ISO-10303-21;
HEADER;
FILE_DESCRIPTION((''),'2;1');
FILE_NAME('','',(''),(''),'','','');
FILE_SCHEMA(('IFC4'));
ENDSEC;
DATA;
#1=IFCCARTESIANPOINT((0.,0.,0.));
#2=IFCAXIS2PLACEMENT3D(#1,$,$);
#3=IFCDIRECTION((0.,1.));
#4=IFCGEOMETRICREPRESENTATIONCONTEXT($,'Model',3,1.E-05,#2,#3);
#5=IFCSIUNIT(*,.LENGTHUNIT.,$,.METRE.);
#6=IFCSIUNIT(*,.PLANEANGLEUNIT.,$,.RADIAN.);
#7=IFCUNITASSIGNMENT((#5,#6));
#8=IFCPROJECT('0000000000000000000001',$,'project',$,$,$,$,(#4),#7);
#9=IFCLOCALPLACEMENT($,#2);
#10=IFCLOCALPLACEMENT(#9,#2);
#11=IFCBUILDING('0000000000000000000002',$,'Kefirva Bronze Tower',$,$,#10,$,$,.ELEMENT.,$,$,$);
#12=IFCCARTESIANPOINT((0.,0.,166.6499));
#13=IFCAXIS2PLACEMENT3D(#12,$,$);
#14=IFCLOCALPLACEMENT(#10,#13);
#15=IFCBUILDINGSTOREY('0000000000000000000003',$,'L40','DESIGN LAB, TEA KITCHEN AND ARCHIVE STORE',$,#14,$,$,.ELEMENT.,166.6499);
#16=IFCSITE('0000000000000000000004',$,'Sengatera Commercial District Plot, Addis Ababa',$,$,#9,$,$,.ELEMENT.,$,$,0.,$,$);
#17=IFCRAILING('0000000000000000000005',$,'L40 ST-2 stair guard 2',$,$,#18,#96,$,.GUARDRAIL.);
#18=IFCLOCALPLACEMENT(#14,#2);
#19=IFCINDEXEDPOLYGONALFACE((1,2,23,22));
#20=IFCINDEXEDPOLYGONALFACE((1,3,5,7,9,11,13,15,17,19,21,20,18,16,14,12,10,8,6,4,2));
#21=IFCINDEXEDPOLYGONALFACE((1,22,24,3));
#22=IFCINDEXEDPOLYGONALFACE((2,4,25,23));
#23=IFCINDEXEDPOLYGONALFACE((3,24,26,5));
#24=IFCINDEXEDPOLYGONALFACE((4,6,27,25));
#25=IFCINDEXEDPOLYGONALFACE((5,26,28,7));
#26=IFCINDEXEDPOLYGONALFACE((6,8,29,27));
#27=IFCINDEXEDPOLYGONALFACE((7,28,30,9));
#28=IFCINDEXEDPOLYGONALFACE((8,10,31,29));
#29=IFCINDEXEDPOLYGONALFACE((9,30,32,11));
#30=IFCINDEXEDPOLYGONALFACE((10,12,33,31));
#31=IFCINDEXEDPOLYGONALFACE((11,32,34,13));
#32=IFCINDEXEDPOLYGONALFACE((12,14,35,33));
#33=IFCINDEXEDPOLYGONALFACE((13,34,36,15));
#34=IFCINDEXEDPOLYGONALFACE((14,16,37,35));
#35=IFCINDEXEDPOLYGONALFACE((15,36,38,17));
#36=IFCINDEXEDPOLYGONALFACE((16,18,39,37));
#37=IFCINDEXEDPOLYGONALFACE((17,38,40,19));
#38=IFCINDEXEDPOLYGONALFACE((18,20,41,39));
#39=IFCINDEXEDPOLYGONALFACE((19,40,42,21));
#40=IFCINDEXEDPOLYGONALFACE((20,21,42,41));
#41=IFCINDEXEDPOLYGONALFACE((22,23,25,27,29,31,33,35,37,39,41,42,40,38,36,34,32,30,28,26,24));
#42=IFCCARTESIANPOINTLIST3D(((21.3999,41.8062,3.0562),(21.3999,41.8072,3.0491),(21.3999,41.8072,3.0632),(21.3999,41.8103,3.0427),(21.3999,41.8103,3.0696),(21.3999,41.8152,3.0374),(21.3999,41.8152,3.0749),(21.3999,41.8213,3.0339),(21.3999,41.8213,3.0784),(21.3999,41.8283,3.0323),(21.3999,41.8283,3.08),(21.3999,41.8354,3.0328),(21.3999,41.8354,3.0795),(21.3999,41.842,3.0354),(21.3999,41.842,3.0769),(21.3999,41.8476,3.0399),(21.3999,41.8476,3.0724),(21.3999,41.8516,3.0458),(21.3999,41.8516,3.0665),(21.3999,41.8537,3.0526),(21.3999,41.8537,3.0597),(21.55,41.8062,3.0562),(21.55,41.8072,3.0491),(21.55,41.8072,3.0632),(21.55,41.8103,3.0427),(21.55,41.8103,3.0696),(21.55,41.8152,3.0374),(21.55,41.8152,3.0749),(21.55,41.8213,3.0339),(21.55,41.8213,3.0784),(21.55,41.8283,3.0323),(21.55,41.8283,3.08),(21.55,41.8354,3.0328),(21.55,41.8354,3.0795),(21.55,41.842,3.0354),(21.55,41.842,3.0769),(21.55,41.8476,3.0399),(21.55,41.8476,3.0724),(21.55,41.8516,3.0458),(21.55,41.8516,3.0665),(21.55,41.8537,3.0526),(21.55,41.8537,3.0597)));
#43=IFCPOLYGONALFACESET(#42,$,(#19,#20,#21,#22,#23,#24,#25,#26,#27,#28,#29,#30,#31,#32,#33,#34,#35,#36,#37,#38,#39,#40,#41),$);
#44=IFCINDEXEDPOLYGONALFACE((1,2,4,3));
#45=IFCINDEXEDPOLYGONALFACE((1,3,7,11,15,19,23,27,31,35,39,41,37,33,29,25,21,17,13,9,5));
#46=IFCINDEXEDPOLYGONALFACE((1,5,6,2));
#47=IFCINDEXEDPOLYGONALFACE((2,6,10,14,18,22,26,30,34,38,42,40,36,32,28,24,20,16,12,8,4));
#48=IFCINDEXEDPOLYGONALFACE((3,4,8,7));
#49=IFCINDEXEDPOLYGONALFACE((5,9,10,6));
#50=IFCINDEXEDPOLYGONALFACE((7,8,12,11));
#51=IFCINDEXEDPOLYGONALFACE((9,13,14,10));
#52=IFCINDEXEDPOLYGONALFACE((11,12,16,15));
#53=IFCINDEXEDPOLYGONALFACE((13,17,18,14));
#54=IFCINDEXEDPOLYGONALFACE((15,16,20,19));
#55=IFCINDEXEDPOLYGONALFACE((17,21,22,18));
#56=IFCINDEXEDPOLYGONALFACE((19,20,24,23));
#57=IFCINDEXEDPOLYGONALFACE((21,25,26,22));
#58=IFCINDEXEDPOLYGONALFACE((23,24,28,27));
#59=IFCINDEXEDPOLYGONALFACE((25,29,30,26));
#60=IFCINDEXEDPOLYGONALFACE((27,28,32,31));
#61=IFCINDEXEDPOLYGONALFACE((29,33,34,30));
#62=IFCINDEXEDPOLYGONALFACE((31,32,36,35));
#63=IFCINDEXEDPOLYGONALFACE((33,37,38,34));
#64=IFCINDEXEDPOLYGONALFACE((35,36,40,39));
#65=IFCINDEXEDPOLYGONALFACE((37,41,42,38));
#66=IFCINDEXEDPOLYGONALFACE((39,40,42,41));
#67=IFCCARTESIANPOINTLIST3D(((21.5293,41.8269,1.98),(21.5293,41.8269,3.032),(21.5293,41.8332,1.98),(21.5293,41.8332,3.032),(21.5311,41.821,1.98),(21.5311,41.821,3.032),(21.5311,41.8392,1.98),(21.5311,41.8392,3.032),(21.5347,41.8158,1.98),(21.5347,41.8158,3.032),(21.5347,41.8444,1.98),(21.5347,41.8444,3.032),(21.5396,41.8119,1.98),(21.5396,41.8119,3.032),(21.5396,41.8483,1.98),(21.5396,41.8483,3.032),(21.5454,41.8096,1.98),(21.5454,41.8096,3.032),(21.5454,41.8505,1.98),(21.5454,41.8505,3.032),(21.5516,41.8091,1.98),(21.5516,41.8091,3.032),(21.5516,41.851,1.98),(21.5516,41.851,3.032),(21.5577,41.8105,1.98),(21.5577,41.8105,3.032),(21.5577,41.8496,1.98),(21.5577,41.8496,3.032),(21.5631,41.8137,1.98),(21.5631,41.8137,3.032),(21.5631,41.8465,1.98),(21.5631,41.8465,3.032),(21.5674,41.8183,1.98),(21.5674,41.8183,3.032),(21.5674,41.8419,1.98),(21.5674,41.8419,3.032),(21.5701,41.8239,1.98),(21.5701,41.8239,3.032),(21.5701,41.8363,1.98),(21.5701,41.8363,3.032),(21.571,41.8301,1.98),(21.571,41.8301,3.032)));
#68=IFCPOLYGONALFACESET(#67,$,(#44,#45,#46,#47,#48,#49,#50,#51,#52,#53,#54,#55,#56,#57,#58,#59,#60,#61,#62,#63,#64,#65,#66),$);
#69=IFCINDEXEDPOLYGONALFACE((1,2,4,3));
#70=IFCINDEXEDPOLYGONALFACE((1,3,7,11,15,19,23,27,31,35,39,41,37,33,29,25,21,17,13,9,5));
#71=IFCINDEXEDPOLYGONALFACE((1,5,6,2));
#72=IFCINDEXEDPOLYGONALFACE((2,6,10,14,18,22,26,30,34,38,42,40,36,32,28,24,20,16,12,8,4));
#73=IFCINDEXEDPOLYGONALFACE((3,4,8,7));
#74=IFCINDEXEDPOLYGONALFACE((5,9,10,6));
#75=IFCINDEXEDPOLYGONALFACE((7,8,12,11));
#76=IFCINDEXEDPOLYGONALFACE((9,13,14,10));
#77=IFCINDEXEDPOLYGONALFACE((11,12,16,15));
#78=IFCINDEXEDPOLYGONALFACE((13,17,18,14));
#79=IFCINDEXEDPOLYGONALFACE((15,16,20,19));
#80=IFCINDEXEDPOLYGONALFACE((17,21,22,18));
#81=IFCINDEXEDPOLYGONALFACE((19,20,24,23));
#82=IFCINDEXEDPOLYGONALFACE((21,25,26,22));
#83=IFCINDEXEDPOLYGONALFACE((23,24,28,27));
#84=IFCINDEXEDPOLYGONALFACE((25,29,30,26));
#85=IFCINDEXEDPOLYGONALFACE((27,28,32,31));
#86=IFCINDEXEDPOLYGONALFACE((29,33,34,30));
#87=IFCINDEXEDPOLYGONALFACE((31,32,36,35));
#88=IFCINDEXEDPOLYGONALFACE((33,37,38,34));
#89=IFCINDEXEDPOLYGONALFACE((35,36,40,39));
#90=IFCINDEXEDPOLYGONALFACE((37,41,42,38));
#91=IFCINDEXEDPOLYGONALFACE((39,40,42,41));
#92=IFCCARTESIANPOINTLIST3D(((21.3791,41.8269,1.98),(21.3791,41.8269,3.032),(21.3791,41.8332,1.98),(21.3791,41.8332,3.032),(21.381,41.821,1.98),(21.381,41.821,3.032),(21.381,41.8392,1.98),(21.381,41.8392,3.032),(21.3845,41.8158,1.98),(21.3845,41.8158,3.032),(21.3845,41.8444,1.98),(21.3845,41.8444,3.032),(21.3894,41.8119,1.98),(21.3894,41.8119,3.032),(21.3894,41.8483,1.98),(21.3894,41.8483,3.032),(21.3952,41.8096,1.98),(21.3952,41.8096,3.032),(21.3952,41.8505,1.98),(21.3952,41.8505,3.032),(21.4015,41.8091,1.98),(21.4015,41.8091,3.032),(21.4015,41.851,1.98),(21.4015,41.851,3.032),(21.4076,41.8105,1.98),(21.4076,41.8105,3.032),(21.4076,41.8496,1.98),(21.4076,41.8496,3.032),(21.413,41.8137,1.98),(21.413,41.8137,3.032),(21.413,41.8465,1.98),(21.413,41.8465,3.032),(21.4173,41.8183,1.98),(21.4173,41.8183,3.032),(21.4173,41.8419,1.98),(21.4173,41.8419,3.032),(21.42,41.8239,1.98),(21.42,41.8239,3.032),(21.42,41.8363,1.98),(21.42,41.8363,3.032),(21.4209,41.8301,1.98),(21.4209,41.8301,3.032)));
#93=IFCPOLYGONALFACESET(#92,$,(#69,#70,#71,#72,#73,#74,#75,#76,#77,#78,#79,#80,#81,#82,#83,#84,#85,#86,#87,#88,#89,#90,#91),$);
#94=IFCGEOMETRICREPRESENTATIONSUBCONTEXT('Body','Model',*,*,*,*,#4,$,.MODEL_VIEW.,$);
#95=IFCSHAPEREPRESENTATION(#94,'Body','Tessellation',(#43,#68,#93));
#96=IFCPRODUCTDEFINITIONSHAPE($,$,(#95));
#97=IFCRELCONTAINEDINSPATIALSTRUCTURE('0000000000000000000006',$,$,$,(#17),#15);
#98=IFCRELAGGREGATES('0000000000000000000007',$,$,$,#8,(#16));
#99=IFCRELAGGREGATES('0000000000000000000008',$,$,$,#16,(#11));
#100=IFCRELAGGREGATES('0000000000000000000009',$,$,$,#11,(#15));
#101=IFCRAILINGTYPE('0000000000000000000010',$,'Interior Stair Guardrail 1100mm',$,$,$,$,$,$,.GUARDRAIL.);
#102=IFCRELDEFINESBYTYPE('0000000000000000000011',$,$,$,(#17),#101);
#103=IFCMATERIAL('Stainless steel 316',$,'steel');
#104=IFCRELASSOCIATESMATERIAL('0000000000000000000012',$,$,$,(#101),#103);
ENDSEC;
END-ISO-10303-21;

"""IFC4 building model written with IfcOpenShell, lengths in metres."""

from ifc_helpers import new_model, si_unit, direction, frame, origin, origin_2d, place, context, subcontext, project, spatial, circle, extrude, material, type_object, element, save


model = new_model("IFC4")

# Units and contexts
model_context = context("Model", 3, precision=1e-05, world=origin(), true_north=direction((0.0, 1.0)))
body_context = subcontext(model_context, "Body", "Model", "MODEL_VIEW")
ifc_project = project(units=[si_unit("LENGTHUNIT", "METRE"), si_unit("PLANEANGLEUNIT", "RADIAN")], contexts=[model_context])

# Site, building, storey
site_placement = place(None, origin())
site = spatial("IfcSite", under=ifc_project, at=site_placement, Name="Sengatera Commercial District Plot, Addis Ababa", CompositionType="ELEMENT", RefElevation=0.0)
building_placement = place(site_placement, origin())
building = spatial("IfcBuilding", under=site, at=building_placement, Name="Kefirva Bronze Tower", CompositionType="ELEMENT")
storey_placement = place(building_placement, frame((0.0, 0.0, 166.6499)))
storey = spatial("IfcBuildingStorey", under=building, at=storey_placement, Name="L40", Description="DESIGN LAB, TEA KITCHEN AND ARCHIVE STORE", CompositionType="ELEMENT", Elevation=166.6499)

# Railing
ifc_material_1 = material(Name="Stainless steel 316", Category="steel")
railing_type_1 = type_object("IfcRailingType", Name="Interior Stair Guardrail 1100mm", PredefinedType="GUARDRAIL", material=ifc_material_1)
railing_1_placement = place(storey_placement, frame((21.55, 41.8301, 1.98)))
element("IfcRailing", 1, at=railing_1_placement, inside=storey, type_object=railing_type_1, Name="L40 ST-2 stair guard 2", PredefinedType="GUARDRAIL", context=body_context, shape_type="SweptSolid", body=[
    extrude(circle(Radius=0.0239, at=origin_2d()), frame((0.0, 0.0, 1.0762), z_axis=(-1.0, 0.0, 0.0), x_axis=(0.0, -1.0, 0.0)), (0.0, 0.0, 1.0), 0.1501),
    extrude(circle(Radius=0.021, at=origin_2d()), origin(), (0.0, 0.0, 1.0), 1.052),
    extrude(circle(Radius=0.021, at=origin_2d()), frame((-0.1501, 0.0, 0.0)), (0.0, 0.0, 1.0), 1.052),
])

save(model, "model.ifc")
